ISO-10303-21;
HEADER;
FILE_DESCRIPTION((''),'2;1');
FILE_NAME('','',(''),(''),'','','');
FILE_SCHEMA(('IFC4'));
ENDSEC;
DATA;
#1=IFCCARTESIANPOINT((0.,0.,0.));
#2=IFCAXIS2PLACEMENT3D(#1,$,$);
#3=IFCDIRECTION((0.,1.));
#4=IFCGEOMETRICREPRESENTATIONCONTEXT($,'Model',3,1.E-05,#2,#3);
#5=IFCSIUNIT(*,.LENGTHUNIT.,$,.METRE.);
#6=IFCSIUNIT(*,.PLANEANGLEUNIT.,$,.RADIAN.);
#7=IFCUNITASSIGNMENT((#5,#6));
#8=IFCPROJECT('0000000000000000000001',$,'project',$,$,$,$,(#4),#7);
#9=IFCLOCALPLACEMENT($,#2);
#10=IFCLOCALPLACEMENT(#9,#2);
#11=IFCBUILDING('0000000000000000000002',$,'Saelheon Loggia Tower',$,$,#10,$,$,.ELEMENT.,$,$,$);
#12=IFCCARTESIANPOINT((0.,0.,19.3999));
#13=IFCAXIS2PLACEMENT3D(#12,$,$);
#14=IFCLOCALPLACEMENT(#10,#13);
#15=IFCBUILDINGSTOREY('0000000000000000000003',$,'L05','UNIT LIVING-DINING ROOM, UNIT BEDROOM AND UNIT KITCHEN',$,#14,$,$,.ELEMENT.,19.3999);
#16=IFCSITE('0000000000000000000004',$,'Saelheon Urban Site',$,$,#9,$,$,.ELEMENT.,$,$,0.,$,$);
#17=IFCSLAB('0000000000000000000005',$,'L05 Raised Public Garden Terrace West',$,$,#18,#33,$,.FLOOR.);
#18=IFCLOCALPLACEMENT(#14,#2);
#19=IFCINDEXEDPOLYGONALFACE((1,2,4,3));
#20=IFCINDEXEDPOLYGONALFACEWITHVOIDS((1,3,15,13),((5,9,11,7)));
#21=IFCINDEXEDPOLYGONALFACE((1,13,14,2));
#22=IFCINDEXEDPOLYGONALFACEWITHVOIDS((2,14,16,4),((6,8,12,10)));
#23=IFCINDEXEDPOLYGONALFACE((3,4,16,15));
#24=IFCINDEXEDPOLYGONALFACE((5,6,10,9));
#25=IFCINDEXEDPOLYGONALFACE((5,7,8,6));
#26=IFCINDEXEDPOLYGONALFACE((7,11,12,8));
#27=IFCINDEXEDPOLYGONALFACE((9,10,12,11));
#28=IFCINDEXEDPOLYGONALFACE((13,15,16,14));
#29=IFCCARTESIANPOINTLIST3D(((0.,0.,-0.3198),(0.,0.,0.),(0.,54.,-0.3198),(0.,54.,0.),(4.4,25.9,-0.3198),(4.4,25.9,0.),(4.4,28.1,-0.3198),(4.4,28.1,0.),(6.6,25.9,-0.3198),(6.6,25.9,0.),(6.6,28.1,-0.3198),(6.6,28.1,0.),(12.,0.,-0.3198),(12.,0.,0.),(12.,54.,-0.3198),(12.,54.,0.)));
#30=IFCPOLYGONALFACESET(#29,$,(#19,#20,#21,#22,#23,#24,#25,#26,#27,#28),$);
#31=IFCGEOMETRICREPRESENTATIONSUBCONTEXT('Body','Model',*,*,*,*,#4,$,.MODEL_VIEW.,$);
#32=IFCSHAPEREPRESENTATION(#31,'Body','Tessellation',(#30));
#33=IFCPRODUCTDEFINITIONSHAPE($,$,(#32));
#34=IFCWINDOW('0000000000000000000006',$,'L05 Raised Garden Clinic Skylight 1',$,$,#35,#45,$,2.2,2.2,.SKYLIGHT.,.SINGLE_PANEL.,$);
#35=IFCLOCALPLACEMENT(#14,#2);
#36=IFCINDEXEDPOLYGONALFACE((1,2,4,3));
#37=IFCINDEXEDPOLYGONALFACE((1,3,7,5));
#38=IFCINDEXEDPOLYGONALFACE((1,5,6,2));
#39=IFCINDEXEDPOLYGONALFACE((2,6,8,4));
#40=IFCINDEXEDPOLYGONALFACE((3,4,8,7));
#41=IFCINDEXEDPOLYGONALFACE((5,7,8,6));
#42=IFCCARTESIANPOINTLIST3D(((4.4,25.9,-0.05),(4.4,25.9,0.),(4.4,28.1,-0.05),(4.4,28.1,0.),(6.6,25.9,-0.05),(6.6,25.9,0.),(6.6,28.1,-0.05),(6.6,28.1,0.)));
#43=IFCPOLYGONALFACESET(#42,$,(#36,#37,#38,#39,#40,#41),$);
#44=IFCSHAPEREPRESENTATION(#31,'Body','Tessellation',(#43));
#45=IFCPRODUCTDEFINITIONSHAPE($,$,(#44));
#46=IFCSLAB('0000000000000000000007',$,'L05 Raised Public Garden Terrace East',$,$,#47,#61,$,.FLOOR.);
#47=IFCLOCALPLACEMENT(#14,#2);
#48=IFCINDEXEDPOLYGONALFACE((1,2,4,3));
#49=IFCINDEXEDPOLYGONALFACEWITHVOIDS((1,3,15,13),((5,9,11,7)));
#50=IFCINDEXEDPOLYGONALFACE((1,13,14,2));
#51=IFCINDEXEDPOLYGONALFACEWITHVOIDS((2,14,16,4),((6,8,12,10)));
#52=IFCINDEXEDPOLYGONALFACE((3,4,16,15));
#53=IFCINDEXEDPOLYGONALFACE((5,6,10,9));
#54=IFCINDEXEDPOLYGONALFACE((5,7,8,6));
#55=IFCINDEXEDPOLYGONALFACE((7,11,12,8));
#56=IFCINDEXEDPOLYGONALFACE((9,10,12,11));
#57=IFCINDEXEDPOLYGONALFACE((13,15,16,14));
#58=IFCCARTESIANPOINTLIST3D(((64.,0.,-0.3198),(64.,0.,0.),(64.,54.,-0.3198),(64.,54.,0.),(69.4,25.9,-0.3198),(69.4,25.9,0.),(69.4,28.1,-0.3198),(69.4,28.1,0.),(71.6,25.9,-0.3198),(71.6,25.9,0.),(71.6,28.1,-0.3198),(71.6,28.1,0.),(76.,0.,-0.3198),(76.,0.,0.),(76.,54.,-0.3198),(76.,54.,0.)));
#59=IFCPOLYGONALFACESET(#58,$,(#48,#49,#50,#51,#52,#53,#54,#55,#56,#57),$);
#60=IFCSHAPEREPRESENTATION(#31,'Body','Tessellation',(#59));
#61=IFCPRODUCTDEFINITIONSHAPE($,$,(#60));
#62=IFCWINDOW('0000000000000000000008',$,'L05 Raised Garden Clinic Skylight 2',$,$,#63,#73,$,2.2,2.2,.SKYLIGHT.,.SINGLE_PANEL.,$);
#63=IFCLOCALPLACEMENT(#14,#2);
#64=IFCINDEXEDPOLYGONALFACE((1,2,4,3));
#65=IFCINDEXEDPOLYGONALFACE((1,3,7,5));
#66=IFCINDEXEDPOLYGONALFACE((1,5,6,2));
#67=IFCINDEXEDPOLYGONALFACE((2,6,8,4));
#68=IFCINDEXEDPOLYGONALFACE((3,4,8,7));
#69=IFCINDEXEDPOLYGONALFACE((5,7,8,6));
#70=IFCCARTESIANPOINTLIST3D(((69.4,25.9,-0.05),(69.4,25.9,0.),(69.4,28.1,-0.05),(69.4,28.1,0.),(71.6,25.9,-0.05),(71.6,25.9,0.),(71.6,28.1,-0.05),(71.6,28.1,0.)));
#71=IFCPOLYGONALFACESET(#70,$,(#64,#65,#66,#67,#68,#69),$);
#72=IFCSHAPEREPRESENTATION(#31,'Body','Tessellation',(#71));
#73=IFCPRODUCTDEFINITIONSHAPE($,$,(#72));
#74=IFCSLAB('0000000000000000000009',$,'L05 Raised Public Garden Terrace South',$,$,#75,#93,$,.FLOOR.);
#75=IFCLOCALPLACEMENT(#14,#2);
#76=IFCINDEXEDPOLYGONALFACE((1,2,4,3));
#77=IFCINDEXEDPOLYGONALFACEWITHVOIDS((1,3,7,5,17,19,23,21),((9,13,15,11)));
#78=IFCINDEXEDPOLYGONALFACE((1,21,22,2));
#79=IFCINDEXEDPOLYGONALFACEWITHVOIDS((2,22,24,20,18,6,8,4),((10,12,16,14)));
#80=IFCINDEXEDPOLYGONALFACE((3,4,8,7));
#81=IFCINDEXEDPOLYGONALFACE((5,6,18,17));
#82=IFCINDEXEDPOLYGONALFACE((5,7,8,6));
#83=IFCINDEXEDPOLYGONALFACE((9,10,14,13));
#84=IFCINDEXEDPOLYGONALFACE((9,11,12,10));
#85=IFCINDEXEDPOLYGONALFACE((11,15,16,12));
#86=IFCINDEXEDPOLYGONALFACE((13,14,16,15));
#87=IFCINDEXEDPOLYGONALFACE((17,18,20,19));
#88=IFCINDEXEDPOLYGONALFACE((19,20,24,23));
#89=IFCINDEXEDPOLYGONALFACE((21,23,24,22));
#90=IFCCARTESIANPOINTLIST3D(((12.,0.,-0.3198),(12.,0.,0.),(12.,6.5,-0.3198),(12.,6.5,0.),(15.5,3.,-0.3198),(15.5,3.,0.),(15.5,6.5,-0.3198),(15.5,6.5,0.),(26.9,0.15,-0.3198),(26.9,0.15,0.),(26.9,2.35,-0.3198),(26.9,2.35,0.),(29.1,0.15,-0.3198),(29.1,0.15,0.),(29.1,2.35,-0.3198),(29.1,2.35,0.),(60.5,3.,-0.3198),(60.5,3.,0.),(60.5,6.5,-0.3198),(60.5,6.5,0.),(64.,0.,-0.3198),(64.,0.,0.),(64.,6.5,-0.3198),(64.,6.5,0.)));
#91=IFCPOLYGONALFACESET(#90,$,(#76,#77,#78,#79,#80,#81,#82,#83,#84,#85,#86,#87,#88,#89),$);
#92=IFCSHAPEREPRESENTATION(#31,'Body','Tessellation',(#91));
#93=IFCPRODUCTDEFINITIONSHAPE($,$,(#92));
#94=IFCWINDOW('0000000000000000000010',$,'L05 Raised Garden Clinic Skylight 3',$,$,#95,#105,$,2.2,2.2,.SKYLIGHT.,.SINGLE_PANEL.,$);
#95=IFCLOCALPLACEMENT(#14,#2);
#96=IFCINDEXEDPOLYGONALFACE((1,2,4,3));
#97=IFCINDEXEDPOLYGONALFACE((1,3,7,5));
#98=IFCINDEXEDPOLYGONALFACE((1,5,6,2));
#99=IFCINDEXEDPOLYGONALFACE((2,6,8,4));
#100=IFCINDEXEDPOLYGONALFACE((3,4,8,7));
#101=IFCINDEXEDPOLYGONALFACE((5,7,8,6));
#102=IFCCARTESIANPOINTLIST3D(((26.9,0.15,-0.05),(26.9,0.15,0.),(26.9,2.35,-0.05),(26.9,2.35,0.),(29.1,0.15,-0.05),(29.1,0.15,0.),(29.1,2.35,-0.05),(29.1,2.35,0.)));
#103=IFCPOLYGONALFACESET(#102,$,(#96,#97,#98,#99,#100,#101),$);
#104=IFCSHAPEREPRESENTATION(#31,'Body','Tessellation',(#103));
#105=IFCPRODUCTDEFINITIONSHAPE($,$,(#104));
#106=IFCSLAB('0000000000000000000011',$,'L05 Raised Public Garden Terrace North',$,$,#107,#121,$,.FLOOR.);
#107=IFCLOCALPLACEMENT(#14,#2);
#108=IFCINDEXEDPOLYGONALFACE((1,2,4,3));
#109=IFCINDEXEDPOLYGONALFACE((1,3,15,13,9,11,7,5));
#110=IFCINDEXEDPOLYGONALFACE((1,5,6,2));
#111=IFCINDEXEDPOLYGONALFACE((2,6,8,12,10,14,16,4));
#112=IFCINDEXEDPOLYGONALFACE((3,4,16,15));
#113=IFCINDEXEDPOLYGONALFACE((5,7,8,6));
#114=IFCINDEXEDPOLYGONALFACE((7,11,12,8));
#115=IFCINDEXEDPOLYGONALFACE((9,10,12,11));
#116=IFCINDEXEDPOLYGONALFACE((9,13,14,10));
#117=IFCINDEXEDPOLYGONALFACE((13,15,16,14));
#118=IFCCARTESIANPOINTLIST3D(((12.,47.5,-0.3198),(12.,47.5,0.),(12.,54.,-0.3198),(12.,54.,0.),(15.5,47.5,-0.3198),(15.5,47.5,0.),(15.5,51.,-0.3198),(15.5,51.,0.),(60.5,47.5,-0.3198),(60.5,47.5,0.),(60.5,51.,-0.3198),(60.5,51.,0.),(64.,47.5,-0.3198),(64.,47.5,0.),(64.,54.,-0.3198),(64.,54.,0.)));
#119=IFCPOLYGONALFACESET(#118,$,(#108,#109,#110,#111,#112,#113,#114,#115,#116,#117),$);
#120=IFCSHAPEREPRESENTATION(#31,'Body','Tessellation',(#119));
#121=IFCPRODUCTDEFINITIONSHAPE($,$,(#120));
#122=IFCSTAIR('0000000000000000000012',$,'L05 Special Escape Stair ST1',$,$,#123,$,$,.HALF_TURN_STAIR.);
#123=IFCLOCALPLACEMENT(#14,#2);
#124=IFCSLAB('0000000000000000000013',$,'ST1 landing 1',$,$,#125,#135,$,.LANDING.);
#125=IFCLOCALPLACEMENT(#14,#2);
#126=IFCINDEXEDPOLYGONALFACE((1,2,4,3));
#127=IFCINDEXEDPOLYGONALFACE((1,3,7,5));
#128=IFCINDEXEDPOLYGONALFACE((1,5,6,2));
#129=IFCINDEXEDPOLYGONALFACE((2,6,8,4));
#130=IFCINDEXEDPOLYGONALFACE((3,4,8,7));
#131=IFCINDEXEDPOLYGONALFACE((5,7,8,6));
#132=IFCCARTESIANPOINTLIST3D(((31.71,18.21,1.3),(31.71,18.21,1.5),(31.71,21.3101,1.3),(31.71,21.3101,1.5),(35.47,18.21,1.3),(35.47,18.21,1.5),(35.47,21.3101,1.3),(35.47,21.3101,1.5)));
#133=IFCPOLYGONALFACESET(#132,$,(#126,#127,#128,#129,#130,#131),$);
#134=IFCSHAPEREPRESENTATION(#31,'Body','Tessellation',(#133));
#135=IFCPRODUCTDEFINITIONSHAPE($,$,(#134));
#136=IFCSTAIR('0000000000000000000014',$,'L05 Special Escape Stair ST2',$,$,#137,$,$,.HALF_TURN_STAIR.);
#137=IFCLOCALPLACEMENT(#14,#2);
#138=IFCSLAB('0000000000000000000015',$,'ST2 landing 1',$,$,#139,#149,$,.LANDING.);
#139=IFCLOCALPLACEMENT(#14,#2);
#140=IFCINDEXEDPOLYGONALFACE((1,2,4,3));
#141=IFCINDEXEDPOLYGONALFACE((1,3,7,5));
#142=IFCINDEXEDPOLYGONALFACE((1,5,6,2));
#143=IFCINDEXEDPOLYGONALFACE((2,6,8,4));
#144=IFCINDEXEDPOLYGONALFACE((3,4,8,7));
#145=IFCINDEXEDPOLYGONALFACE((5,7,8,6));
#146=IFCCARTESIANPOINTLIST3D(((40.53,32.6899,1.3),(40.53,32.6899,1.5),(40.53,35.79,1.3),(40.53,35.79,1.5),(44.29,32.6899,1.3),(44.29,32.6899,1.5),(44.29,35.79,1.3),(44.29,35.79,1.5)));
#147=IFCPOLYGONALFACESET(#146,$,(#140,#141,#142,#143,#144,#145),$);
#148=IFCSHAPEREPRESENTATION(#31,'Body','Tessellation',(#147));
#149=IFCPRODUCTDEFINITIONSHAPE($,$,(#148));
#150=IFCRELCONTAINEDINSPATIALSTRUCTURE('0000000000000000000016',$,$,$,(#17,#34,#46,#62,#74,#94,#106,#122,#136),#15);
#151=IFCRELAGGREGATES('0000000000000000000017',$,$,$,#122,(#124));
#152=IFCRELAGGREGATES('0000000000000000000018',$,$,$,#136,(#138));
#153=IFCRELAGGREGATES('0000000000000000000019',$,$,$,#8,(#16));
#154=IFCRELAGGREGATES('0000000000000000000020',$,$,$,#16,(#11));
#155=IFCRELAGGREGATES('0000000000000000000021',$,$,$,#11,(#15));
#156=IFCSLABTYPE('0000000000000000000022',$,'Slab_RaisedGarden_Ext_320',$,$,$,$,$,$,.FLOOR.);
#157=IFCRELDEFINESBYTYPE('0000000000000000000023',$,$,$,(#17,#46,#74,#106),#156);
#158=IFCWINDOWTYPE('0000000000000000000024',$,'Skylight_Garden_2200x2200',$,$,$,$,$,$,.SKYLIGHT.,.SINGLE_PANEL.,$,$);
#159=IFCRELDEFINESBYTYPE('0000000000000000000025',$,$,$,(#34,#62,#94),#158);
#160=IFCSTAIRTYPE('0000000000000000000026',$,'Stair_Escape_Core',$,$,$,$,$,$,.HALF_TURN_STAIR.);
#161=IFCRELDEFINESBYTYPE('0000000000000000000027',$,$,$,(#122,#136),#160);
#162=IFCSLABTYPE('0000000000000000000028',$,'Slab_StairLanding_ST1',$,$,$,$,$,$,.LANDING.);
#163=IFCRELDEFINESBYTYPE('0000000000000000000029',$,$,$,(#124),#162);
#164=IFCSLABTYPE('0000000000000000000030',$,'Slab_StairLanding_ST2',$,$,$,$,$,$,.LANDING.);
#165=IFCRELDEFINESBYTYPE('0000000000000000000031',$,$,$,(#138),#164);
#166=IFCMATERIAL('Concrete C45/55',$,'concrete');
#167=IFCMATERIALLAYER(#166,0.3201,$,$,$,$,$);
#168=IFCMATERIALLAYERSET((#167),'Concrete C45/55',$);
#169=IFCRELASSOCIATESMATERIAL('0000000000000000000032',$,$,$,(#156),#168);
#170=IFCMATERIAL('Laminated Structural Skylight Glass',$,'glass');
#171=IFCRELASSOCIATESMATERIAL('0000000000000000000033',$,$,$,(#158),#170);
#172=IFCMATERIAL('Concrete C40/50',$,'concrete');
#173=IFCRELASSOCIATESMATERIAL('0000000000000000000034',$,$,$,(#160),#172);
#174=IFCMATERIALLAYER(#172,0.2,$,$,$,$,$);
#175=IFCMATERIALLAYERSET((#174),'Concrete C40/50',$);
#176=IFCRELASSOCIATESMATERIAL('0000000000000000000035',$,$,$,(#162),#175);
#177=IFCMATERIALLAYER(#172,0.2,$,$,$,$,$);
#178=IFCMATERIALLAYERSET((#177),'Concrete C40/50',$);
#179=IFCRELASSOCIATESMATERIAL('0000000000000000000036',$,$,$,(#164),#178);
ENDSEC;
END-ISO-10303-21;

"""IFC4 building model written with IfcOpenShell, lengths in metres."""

from ifc_helpers import new_model, si_unit, direction, frame, origin, origin_2d, place, context, subcontext, project, spatial, polyline, rectangle, outline, extrude, material, layer, layer_set, type_object, element, fill, aggregate, save


model = new_model("IFC4")

# Units and contexts
model_context = context("Model", 3, precision=1e-05, world=origin(), true_north=direction((0.0, 1.0)))
body_context = subcontext(model_context, "Body", "Model", "MODEL_VIEW")
ifc_project = project(units=[si_unit("LENGTHUNIT", "METRE"), si_unit("PLANEANGLEUNIT", "RADIAN")], contexts=[model_context])

# Site, building, storey
site_placement = place(None, origin())
site = spatial("IfcSite", under=ifc_project, at=site_placement, Name="Saelheon Urban Site", CompositionType="ELEMENT", RefElevation=0.0)
building_placement = place(site_placement, origin())
building = spatial("IfcBuilding", under=site, at=building_placement, Name="Saelheon Loggia Tower", CompositionType="ELEMENT")
storey_placement = place(building_placement, frame((0.0, 0.0, 19.3999)))
storey = spatial("IfcBuildingStorey", under=building, at=storey_placement, Name="L05", Description="UNIT LIVING-DINING ROOM, UNIT BEDROOM AND UNIT KITCHEN", CompositionType="ELEMENT", Elevation=19.3999)

# Slabs, openings, windows
ifc_material_1 = material(Name="Concrete C45/55", Category="concrete")
ifc_layer_1 = layer(ifc_material_1, 0.3201)
ifc_layer_set_1 = layer_set([ifc_layer_1], Name="Concrete C45/55")
slab_type_1 = type_object("IfcSlabType", Name="Slab_RaisedGarden_Ext_320", PredefinedType="FLOOR", material=ifc_layer_set_1)
slab_1_placement = place(storey_placement, frame((0.0, 0.0, -0.3198)))
slab_1 = element("IfcSlab", 1, at=slab_1_placement, inside=storey, type_object=slab_type_1, Name="L05 Raised Public Garden Terrace West", PredefinedType="FLOOR", context=body_context, shape_type="SweptSolid", body=[
    extrude(outline(polyline([(0.0, 0.0), (12.0, 0.0), (12.0, 54.0), (0.0, 54.0), (0.0, 0.0)])), origin(), (0.0, 0.0, 1.0), 0.3198),
])
opening_1_placement = place(slab_1_placement, frame((5.5, 27.0, 0.0)))
opening_1 = element("IfcOpeningElement", 2, at=opening_1_placement, cuts=slab_1, PredefinedType="OPENING", context=body_context, shape_type="SweptSolid", body=[
    extrude(rectangle(XDim=2.2, YDim=2.2, at=origin_2d()), frame((0.0, 0.0, -0.012)), (0.0, 0.0, 1.0), 0.3438),
])
ifc_material_2 = material(Name="Laminated Structural Skylight Glass", Category="glass")
window_type = type_object("IfcWindowType", Name="Skylight_Garden_2200x2200", PartitioningType="SINGLE_PANEL", PredefinedType="SKYLIGHT", material=ifc_material_2)
window_1_placement = place(opening_1_placement, frame((0.0, 0.0, 0.2698)))
window_1 = element("IfcWindow", 3, at=window_1_placement, inside=storey, type_object=window_type, Name="L05 Raised Garden Clinic Skylight 1", OverallHeight=2.2, OverallWidth=2.2, PartitioningType="SINGLE_PANEL", PredefinedType="SKYLIGHT", context=body_context, shape_type="SweptSolid", body=[
    extrude(rectangle(XDim=2.2, YDim=2.2, at=origin_2d()), origin(), (0.0, 0.0, 1.0), 0.05),
])
fill(opening_1, window_1)
slab_2_placement = place(storey_placement, frame((0.0, 0.0, -0.3198)))
slab_2 = element("IfcSlab", 4, at=slab_2_placement, inside=storey, type_object=slab_type_1, Name="L05 Raised Public Garden Terrace East", PredefinedType="FLOOR", context=body_context, shape_type="SweptSolid", body=[
    extrude(outline(polyline([(64.0, 0.0), (76.0, 0.0), (76.0, 54.0), (64.0, 54.0), (64.0, 0.0)])), origin(), (0.0, 0.0, 1.0), 0.3198),
])
opening_2_placement = place(slab_2_placement, frame((70.5, 27.0, 0.0)))
opening_2 = element("IfcOpeningElement", 5, at=opening_2_placement, cuts=slab_2, PredefinedType="OPENING", context=body_context, shape_type="SweptSolid", body=[
    extrude(rectangle(XDim=2.2, YDim=2.2, at=origin_2d()), frame((0.0, 0.0, -0.012)), (0.0, 0.0, 1.0), 0.3438),
])
window_2_placement = place(opening_2_placement, frame((0.0, 0.0, 0.2698)))
window_2 = element("IfcWindow", 6, at=window_2_placement, inside=storey, type_object=window_type, Name="L05 Raised Garden Clinic Skylight 2", OverallHeight=2.2, OverallWidth=2.2, PartitioningType="SINGLE_PANEL", PredefinedType="SKYLIGHT", context=body_context, shape_type="SweptSolid", body=[
    extrude(rectangle(XDim=2.2, YDim=2.2, at=origin_2d()), origin(), (0.0, 0.0, 1.0), 0.05),
])
fill(opening_2, window_2)
slab_3_placement = place(storey_placement, frame((0.0, 0.0, -0.3198)))
slab_3 = element("IfcSlab", 7, at=slab_3_placement, inside=storey, type_object=slab_type_1, Name="L05 Raised Public Garden Terrace South", PredefinedType="FLOOR", context=body_context, shape_type="SweptSolid", body=[
    extrude(outline(polyline([(12.0, 0.0), (64.0, 0.0), (64.0, 6.5), (60.5, 6.5), (60.5, 3.0), (15.5, 3.0), (15.5, 6.5), (12.0, 6.5), (12.0, 0.0)])), origin(), (0.0, 0.0, 1.0), 0.3198),
])
opening_3_placement = place(slab_3_placement, frame((28.0, 1.25, 0.0)))
opening_3 = element("IfcOpeningElement", 8, at=opening_3_placement, cuts=slab_3, PredefinedType="OPENING", context=body_context, shape_type="SweptSolid", body=[
    extrude(rectangle(XDim=2.2, YDim=2.2, at=origin_2d()), frame((0.0, 0.0, -0.012)), (0.0, 0.0, 1.0), 0.3438),
])
window_3_placement = place(opening_3_placement, frame((0.0, 0.0, 0.2698)))
window_3 = element("IfcWindow", 9, at=window_3_placement, inside=storey, type_object=window_type, Name="L05 Raised Garden Clinic Skylight 3", OverallHeight=2.2, OverallWidth=2.2, PartitioningType="SINGLE_PANEL", PredefinedType="SKYLIGHT", context=body_context, shape_type="SweptSolid", body=[
    extrude(rectangle(XDim=2.2, YDim=2.2, at=origin_2d()), origin(), (0.0, 0.0, 1.0), 0.05),
])
fill(opening_3, window_3)

# Slab
slab_4_placement = place(storey_placement, frame((0.0, 0.0, -0.3198)))
element("IfcSlab", 10, at=slab_4_placement, inside=storey, type_object=slab_type_1, Name="L05 Raised Public Garden Terrace North", PredefinedType="FLOOR", context=body_context, shape_type="SweptSolid", body=[
    extrude(outline(polyline([(12.0, 47.5), (15.5, 47.5), (15.5, 51.0), (60.5, 51.0), (60.5, 47.5), (64.0, 47.5), (64.0, 54.0), (12.0, 54.0), (12.0, 47.5)])), origin(), (0.0, 0.0, 1.0), 0.3198),
])

# Stairs, slabs
ifc_material_3 = material(Name="Concrete C40/50", Category="concrete")
stair_type = type_object("IfcStairType", Name="Stair_Escape_Core", PredefinedType="HALF_TURN_STAIR", material=ifc_material_3)
stair_1_placement = place(storey_placement, origin())
stair_1 = element("IfcStair", 11, at=stair_1_placement, inside=storey, type_object=stair_type, Name="L05 Special Escape Stair ST1", PredefinedType="HALF_TURN_STAIR")
ifc_layer_2 = layer(ifc_material_3, 0.2)
ifc_layer_set_2 = layer_set([ifc_layer_2], Name="Concrete C40/50")
slab_type_2 = type_object("IfcSlabType", Name="Slab_StairLanding_ST1", PredefinedType="LANDING", material=ifc_layer_set_2)
slab_5_placement = place(storey_placement, frame((0.0, 0.0, 1.3)))
slab_5 = element("IfcSlab", 12, at=slab_5_placement, type_object=slab_type_2, Name="ST1 landing 1", PredefinedType="LANDING", context=body_context, shape_type="SweptSolid", body=[
    extrude(outline(polyline([(31.71, 21.3101), (31.71, 18.21), (35.47, 18.21), (35.47, 21.3101), (31.71, 21.3101)])), origin(), (0.0, 0.0, 1.0), 0.2),
])
aggregate(stair_1, [slab_5])
stair_2_placement = place(storey_placement, origin())
stair_2 = element("IfcStair", 13, at=stair_2_placement, inside=storey, type_object=stair_type, Name="L05 Special Escape Stair ST2", PredefinedType="HALF_TURN_STAIR")
ifc_layer_3 = layer(ifc_material_3, 0.2)
ifc_layer_set_3 = layer_set([ifc_layer_3], Name="Concrete C40/50")
slab_type_3 = type_object("IfcSlabType", Name="Slab_StairLanding_ST2", PredefinedType="LANDING", material=ifc_layer_set_3)
slab_6_placement = place(storey_placement, frame((0.0, 0.0, 1.3)))
slab_6 = element("IfcSlab", 14, at=slab_6_placement, type_object=slab_type_3, Name="ST2 landing 1", PredefinedType="LANDING", context=body_context, shape_type="SweptSolid", body=[
    extrude(outline(polyline([(44.29, 32.6899), (44.29, 35.79), (40.53, 35.79), (40.53, 32.6899), (44.29, 32.6899)])), origin(), (0.0, 0.0, 1.0), 0.2),
])
aggregate(stair_2, [slab_6])

save(model, "model.ifc")
